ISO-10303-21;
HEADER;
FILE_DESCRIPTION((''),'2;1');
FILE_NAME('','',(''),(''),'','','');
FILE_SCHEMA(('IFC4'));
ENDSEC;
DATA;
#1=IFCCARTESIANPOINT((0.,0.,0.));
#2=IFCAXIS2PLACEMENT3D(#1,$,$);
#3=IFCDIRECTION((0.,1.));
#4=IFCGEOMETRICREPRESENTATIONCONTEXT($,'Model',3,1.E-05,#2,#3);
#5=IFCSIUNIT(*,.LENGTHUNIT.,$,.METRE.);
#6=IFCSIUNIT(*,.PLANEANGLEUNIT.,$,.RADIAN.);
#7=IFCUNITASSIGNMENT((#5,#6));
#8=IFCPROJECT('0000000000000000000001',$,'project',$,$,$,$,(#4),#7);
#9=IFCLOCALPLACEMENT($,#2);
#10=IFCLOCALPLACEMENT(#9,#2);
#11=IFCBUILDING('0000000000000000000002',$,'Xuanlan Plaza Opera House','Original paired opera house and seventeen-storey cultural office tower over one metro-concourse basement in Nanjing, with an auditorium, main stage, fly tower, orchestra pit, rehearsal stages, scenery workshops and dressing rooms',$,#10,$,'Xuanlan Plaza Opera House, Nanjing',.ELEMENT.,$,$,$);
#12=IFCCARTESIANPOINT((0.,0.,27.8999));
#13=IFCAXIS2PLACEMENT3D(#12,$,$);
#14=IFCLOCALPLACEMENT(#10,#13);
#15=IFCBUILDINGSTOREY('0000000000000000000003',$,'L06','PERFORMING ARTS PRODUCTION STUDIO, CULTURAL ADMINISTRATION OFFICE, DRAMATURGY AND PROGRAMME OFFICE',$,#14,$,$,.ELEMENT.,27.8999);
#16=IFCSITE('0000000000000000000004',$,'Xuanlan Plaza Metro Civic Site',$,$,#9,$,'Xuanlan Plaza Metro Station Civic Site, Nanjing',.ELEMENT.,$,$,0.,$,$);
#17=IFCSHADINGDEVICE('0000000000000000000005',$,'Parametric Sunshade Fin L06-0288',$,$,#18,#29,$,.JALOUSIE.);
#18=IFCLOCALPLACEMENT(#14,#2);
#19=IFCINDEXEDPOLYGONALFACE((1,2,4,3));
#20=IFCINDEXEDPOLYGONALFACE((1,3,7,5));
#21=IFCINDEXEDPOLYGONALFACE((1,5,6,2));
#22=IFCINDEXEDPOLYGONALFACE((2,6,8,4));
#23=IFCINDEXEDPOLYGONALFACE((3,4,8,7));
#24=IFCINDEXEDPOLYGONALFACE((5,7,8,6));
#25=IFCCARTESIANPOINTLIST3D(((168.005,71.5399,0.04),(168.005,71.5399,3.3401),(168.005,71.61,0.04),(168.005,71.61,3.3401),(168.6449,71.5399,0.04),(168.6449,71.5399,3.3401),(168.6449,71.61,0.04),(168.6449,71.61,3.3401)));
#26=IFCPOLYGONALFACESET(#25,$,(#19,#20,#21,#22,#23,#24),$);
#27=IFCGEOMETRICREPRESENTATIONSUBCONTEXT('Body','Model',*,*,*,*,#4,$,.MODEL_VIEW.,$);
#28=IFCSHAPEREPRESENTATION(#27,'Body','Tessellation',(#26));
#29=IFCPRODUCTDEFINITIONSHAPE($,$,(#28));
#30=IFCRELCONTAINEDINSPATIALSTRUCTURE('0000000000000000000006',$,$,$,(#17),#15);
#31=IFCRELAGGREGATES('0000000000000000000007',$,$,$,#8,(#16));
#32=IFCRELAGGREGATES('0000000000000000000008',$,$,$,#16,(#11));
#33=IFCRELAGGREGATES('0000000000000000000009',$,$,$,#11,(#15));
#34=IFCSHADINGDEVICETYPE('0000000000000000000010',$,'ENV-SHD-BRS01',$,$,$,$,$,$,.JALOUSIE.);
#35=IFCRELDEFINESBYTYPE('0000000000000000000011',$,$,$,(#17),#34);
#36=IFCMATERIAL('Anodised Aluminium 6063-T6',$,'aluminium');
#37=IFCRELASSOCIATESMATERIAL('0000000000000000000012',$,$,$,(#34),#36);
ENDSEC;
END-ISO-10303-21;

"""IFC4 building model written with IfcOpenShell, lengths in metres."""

from ifc_helpers import new_model, si_unit, direction, frame, origin, origin_2d, place, context, subcontext, project, spatial, rectangle, extrude, material, type_object, element, save


model = new_model("IFC4")

# Units and contexts
model_context = context("Model", 3, precision=1e-05, world=origin(), true_north=direction((0.0, 1.0)))
body_context = subcontext(model_context, "Body", "Model", "MODEL_VIEW")
ifc_project = project(units=[si_unit("LENGTHUNIT", "METRE"), si_unit("PLANEANGLEUNIT", "RADIAN")], contexts=[model_context])

# Site, building, storey
site_placement = place(None, origin())
site = spatial("IfcSite", under=ifc_project, at=site_placement, Name="Xuanlan Plaza Metro Civic Site", LongName="Xuanlan Plaza Metro Station Civic Site, Nanjing", CompositionType="ELEMENT", RefElevation=0.0)
building_placement = place(site_placement, origin())
building = spatial("IfcBuilding", under=site, at=building_placement, Name="Xuanlan Plaza Opera House", Description="Original paired opera house and seventeen-storey cultural office tower over one metro-concourse basement in Nanjing, with an auditorium, main stage, fly tower, orchestra pit, rehearsal stages, scenery workshops and dressing rooms", LongName="Xuanlan Plaza Opera House, Nanjing", CompositionType="ELEMENT")
storey_placement = place(building_placement, frame((0.0, 0.0, 27.8999)))
storey = spatial("IfcBuildingStorey", under=building, at=storey_placement, Name="L06", Description="PERFORMING ARTS PRODUCTION STUDIO, CULTURAL ADMINISTRATION OFFICE, DRAMATURGY AND PROGRAMME OFFICE", CompositionType="ELEMENT", Elevation=27.8999)

# Shared definitions
ifc_material_1 = material(Name="Anodised Aluminium 6063-T6", Category="aluminium")

# Shading device
shading_device_type = type_object("IfcShadingDeviceType", Name="ENV-SHD-BRS01", PredefinedType="JALOUSIE", material=ifc_material_1)
shading_device_placement = place(storey_placement, frame((168.325, 71.575, 0.04), z_axis=(0.0, 0.0, 1.0), x_axis=(1.0, 0.0, 0.0)))
element("IfcShadingDevice", 1, at=shading_device_placement, inside=storey, type_object=shading_device_type, Name="Parametric Sunshade Fin L06-0288", PredefinedType="JALOUSIE", context=body_context, shape_type="SweptSolid", body=[
    extrude(rectangle(XDim=0.6399, YDim=0.0701, at=origin_2d()), origin(), (0.0, 0.0, 1.0), 3.3),
])

save(model, "model.ifc")
